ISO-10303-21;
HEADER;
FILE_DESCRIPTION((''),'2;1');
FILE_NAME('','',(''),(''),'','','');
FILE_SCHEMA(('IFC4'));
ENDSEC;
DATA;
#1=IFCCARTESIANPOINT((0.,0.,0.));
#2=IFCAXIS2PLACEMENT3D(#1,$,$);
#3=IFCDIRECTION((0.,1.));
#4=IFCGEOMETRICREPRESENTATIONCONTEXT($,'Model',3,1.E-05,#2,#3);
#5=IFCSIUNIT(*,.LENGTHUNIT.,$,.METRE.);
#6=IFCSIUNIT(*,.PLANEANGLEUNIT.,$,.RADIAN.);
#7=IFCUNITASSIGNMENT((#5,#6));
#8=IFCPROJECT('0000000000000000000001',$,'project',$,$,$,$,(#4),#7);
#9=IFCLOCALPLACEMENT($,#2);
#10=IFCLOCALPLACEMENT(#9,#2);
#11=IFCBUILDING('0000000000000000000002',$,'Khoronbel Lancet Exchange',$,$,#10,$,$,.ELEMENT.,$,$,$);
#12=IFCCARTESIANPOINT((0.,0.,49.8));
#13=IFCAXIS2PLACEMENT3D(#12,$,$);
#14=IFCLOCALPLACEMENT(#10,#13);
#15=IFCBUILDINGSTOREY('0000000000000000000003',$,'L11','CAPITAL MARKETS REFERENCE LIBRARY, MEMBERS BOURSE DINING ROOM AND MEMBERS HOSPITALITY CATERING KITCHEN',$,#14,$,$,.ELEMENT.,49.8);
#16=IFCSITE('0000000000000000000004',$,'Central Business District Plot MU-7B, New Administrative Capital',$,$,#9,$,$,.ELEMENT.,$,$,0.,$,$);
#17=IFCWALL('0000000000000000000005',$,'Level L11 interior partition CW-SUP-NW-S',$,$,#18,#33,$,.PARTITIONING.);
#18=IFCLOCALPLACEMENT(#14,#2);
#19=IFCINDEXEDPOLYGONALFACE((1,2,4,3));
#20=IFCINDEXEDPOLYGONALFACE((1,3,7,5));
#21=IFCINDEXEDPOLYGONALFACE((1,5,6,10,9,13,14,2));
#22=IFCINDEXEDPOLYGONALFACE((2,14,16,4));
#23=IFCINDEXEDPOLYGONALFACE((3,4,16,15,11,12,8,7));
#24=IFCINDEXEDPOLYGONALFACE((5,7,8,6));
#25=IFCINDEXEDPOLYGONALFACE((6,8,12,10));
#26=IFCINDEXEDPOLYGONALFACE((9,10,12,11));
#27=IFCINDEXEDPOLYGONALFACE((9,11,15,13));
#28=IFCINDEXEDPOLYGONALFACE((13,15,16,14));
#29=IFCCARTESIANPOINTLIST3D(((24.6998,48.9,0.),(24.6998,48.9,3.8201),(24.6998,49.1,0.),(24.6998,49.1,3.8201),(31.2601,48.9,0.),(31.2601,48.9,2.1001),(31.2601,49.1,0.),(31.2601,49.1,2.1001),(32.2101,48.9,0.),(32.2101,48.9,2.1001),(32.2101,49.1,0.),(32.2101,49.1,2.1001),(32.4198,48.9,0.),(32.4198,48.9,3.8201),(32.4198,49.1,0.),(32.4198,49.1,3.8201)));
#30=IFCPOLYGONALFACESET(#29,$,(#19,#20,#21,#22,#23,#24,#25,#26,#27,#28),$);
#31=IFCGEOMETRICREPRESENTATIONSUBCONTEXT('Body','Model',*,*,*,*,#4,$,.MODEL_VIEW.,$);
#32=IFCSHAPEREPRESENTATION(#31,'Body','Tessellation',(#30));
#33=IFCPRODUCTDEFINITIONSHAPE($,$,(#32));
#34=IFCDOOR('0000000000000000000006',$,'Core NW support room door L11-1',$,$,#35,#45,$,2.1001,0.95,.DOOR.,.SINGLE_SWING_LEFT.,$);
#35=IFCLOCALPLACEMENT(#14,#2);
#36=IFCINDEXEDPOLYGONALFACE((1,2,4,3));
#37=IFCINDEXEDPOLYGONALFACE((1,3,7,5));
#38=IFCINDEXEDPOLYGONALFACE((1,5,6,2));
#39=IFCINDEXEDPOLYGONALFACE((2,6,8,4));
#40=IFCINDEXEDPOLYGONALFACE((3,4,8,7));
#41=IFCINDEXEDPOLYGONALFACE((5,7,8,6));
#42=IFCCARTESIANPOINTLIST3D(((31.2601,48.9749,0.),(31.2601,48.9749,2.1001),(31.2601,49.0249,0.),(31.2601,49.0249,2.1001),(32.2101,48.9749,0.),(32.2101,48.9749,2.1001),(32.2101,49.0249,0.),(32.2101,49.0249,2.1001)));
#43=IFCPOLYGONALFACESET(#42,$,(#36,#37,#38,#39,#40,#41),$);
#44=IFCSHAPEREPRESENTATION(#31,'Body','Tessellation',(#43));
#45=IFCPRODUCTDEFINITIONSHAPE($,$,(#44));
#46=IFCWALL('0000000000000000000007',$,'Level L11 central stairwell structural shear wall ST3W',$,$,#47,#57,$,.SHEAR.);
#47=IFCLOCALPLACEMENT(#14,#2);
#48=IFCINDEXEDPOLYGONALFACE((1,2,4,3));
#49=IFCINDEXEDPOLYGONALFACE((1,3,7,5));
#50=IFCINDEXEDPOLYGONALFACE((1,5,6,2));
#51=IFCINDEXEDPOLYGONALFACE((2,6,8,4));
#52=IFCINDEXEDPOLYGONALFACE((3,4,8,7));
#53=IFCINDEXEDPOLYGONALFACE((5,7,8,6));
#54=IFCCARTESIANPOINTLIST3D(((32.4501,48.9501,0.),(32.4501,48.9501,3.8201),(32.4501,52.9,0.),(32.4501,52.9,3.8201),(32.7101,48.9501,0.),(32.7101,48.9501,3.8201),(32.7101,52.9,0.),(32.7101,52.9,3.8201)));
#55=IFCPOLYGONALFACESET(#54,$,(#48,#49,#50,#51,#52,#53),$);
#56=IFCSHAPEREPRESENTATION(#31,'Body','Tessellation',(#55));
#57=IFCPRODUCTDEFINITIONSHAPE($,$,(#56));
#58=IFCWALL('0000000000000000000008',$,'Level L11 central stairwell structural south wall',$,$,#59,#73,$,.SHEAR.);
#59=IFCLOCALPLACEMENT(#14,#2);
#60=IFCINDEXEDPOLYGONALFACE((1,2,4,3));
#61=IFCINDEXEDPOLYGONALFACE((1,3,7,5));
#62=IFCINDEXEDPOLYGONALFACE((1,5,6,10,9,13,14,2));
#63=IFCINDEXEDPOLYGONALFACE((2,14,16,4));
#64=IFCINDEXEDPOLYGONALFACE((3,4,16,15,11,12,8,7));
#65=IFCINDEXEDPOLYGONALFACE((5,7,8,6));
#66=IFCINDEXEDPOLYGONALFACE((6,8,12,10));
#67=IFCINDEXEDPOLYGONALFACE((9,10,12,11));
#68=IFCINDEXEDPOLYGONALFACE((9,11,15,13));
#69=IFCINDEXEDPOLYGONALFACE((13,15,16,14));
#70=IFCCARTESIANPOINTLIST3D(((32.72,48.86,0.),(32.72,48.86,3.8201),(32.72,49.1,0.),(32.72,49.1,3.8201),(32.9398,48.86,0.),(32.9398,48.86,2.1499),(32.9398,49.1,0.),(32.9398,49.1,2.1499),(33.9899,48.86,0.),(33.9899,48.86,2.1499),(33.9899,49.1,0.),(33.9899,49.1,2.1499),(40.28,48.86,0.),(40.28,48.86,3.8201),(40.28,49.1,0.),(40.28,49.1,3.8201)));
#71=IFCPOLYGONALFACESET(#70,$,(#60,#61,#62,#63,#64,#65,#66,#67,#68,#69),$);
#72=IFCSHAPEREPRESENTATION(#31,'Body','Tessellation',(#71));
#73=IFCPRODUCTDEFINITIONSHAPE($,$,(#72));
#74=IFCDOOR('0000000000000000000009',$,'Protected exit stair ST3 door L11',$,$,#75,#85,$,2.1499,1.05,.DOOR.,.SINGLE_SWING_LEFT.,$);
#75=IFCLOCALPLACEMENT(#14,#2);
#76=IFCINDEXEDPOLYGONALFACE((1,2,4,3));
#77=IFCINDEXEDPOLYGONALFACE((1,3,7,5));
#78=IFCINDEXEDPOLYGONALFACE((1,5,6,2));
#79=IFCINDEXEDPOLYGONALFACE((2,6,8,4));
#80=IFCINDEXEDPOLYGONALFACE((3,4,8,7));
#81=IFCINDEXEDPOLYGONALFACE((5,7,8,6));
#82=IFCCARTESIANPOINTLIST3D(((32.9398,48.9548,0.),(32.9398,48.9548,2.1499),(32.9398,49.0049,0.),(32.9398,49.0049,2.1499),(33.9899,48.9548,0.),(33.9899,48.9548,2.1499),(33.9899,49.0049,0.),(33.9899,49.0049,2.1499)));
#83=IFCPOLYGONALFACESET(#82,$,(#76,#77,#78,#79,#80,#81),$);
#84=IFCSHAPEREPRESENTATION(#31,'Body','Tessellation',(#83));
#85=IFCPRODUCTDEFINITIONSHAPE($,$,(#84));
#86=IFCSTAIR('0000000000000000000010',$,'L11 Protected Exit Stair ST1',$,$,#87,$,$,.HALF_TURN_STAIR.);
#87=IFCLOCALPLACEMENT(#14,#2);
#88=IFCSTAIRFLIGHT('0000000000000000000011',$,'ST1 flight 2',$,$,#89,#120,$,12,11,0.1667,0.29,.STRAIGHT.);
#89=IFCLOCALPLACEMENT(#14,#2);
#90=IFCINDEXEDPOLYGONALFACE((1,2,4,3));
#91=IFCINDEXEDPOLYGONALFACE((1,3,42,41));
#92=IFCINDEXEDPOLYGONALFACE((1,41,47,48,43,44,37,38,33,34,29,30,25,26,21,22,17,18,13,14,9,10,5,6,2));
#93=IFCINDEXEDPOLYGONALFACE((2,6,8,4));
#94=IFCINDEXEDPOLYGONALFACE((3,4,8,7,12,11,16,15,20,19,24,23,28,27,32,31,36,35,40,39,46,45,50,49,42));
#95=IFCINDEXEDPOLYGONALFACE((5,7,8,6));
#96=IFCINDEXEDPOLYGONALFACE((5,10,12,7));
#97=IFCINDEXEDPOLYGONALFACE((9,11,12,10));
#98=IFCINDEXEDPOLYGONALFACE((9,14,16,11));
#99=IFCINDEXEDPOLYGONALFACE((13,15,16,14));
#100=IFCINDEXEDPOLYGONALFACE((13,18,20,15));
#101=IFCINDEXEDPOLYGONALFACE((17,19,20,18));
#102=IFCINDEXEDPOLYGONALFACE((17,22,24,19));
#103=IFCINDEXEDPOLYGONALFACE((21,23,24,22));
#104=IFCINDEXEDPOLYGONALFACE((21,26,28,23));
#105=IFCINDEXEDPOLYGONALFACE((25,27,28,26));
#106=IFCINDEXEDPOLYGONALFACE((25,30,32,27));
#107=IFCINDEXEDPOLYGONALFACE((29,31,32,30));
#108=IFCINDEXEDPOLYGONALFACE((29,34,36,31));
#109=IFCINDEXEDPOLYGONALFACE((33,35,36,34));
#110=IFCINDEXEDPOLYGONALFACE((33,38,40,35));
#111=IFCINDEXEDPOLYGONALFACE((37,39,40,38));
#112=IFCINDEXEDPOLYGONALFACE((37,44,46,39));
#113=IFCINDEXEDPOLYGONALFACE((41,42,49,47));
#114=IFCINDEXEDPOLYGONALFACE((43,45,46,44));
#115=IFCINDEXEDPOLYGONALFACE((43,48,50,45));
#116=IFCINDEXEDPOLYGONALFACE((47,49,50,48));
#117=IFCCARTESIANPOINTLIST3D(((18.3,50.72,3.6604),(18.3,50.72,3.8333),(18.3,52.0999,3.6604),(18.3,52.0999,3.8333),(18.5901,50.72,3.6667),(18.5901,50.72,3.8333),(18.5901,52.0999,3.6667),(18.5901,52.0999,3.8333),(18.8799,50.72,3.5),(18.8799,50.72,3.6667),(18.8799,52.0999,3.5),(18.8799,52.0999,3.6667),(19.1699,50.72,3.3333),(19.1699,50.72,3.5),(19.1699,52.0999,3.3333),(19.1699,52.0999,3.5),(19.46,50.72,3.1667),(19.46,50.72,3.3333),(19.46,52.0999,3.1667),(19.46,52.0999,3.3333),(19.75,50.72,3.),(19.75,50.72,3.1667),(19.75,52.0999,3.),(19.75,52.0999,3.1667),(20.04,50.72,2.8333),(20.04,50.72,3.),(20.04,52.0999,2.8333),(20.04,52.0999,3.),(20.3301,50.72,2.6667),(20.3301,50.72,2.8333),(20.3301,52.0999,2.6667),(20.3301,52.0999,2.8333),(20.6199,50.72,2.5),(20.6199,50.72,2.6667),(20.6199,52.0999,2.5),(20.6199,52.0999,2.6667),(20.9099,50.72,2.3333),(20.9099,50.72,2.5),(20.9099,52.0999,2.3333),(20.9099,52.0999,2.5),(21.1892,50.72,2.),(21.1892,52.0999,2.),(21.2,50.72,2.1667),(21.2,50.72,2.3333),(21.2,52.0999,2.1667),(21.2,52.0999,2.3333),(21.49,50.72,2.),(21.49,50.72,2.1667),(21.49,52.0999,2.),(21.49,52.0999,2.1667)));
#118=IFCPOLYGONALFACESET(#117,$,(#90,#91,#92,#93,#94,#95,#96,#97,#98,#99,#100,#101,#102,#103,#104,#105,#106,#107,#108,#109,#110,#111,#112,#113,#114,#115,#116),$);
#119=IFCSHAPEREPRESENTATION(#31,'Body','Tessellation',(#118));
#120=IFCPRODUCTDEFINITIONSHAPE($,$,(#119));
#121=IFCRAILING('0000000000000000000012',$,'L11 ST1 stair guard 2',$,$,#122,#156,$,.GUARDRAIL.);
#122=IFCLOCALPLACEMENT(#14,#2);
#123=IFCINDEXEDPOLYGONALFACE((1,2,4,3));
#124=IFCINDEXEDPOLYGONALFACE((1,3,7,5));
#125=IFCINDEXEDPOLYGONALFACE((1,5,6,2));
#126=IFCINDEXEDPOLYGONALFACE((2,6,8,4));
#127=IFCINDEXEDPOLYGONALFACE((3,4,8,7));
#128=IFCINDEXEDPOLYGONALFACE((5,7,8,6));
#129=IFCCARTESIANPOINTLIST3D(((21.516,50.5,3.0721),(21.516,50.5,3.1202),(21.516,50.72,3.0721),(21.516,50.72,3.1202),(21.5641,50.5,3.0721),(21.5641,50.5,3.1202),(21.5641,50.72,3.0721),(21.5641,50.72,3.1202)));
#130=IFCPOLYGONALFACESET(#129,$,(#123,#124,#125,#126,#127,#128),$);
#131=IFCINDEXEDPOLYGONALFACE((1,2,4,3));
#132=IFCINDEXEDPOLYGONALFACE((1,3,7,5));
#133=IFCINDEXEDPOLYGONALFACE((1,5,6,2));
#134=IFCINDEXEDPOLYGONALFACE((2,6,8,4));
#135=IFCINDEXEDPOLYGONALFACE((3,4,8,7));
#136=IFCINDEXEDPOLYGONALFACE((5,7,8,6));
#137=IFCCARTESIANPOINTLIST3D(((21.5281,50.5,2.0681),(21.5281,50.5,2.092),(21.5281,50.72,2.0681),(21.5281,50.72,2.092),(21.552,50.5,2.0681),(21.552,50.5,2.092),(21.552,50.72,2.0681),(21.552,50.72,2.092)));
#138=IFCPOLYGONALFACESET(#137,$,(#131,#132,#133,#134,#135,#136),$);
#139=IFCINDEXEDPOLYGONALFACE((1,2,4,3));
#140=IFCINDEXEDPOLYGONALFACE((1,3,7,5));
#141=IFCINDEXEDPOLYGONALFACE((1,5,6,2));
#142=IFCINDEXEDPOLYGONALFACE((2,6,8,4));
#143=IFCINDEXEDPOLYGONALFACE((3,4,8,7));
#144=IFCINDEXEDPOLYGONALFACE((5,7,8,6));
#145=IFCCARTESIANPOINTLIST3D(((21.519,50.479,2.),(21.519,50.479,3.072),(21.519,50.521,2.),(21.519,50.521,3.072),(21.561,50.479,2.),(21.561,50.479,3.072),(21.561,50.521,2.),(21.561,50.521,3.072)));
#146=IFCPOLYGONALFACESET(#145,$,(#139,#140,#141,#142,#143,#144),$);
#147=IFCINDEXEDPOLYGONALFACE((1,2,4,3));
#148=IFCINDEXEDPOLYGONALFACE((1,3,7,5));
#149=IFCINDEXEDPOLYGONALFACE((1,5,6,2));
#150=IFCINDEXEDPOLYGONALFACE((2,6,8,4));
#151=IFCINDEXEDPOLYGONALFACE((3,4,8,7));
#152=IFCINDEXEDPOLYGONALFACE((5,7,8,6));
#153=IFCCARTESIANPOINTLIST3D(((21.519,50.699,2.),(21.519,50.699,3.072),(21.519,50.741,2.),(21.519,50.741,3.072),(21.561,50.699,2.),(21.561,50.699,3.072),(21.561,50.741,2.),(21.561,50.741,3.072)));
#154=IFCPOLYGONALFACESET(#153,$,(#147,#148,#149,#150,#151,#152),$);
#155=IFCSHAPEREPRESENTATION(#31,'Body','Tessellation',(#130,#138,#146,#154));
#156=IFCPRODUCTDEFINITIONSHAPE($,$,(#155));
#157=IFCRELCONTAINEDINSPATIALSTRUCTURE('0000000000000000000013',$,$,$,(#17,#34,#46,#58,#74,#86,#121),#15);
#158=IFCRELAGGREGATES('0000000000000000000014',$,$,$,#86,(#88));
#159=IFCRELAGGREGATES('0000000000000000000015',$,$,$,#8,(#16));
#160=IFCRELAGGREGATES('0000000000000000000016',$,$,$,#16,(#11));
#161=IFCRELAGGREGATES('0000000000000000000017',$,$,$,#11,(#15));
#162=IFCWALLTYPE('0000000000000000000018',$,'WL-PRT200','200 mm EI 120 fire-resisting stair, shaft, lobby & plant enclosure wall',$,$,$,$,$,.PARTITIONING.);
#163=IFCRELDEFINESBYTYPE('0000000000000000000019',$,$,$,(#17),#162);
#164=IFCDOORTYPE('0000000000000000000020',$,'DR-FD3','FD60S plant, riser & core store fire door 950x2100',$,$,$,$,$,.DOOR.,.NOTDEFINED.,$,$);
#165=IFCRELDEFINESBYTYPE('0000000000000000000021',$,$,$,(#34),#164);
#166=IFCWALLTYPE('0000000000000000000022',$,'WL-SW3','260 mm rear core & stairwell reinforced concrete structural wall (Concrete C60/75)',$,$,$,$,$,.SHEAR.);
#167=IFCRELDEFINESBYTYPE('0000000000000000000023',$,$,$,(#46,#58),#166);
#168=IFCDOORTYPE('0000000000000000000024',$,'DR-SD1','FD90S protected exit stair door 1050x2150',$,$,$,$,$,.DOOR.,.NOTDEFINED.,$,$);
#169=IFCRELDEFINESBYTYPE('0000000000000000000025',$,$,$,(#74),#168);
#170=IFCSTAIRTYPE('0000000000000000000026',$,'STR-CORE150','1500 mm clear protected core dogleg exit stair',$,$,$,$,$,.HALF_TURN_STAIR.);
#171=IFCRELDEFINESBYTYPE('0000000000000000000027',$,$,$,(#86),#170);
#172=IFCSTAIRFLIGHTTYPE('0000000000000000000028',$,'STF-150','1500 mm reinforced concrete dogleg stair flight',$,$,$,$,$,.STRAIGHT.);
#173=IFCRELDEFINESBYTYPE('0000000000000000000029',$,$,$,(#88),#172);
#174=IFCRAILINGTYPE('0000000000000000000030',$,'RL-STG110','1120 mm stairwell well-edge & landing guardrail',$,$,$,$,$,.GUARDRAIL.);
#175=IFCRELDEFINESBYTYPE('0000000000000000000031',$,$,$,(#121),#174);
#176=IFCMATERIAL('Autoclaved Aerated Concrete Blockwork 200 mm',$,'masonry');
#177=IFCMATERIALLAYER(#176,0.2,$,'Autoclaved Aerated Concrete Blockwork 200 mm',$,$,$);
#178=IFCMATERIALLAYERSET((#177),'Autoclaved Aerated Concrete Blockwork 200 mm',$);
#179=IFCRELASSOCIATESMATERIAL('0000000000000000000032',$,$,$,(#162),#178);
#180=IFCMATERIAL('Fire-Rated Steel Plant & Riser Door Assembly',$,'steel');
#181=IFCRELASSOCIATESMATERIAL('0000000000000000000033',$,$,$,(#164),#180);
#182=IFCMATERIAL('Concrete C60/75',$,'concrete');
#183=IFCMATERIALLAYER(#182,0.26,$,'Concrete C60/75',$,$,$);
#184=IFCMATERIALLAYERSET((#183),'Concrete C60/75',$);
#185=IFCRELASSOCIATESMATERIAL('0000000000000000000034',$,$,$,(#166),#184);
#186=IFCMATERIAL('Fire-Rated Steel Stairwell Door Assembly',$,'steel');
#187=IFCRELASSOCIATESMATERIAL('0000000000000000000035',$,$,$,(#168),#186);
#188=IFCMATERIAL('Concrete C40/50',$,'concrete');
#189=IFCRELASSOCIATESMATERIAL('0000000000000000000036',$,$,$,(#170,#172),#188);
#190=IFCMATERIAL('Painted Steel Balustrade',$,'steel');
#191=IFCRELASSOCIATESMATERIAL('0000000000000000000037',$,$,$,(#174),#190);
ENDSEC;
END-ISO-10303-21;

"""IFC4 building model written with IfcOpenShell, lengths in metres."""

from ifc_helpers import new_model, si_unit, direction, frame, frame_2d, origin, origin_2d, place, context, subcontext, project, spatial, polyline, rectangle, outline, extrude, material, layer, layer_set, type_object, element, fill, aggregate, save


model = new_model("IFC4")

# Units and contexts
model_context = context("Model", 3, precision=1e-05, world=origin(), true_north=direction((0.0, 1.0)))
body_context = subcontext(model_context, "Body", "Model", "MODEL_VIEW")
ifc_project = project(units=[si_unit("LENGTHUNIT", "METRE"), si_unit("PLANEANGLEUNIT", "RADIAN")], contexts=[model_context])

# Site, building, storey
site_placement = place(None, origin())
site = spatial("IfcSite", under=ifc_project, at=site_placement, Name="Central Business District Plot MU-7B, New Administrative Capital", CompositionType="ELEMENT", RefElevation=0.0)
building_placement = place(site_placement, origin())
building = spatial("IfcBuilding", under=site, at=building_placement, Name="Khoronbel Lancet Exchange", CompositionType="ELEMENT")
storey_placement = place(building_placement, frame((0.0, 0.0, 49.8)))
storey = spatial("IfcBuildingStorey", under=building, at=storey_placement, Name="L11", Description="CAPITAL MARKETS REFERENCE LIBRARY, MEMBERS BOURSE DINING ROOM AND MEMBERS HOSPITALITY CATERING KITCHEN", CompositionType="ELEMENT", Elevation=49.8)

# Shared definitions
ifc_material_1 = material(Name="Autoclaved Aerated Concrete Blockwork 200 mm", Category="masonry")
ifc_layer_1 = layer(ifc_material_1, 0.2, Name="Autoclaved Aerated Concrete Blockwork 200 mm")
ifc_layer_set_1 = layer_set([ifc_layer_1], Name="Autoclaved Aerated Concrete Blockwork 200 mm")
wall_type_1 = type_object("IfcWallType", Name="WL-PRT200", Description="200 mm EI 120 fire-resisting stair, shaft, lobby & plant enclosure wall", PredefinedType="PARTITIONING", material=ifc_layer_set_1)

# Wall, opening, door
wall_1_placement = place(storey_placement, frame((24.7, 49.0, 0.0), z_axis=(0.0, 0.0, 1.0), x_axis=(1.0, 0.0, 0.0)))
wall_1 = element("IfcWall", 1, at=wall_1_placement, inside=storey, type_object=wall_type_1, Name="Level L11 interior partition CW-SUP-NW-S", PredefinedType="PARTITIONING", context=body_context, shape_type="SweptSolid", body=[
    extrude(rectangle(XDim=7.72, YDim=0.2, at=frame_2d((3.8599, 0.0))), origin(), (0.0, 0.0, 1.0), 3.8201),
])
opening_1_placement = place(wall_1_placement, frame((6.5601, 0.0, 0.0)))
opening_1 = element("IfcOpeningElement", 2, at=opening_1_placement, cuts=wall_1, PredefinedType="OPENING", context=body_context, shape_type="SweptSolid", body=[
    extrude(rectangle(XDim=0.95, YDim=2.1001, at=frame_2d((0.4751, 1.05))), frame((0.0, 0.1099, 0.0), z_axis=(0.0, -1.0, 0.0), x_axis=(1.0, 0.0, 0.0)), (0.0, 0.0, 1.0), 0.22),
])
ifc_material_2 = material(Name="Fire-Rated Steel Plant & Riser Door Assembly", Category="steel")
door_type_1 = type_object("IfcDoorType", Name="DR-FD3", Description="FD60S plant, riser & core store fire door 950x2100", OperationType="NOTDEFINED", PredefinedType="DOOR", material=ifc_material_2)
door_1_placement = place(opening_1_placement, origin())
door_1 = element("IfcDoor", 3, at=door_1_placement, inside=storey, type_object=door_type_1, Name="Core NW support room door L11-1", OperationType="SINGLE_SWING_LEFT", OverallHeight=2.1001, OverallWidth=0.95, PredefinedType="DOOR", context=body_context, shape_type="SweptSolid", body=[
    extrude(rectangle(XDim=0.95, YDim=2.1001, at=frame_2d((0.4751, 1.05))), frame((0.0, 0.0249, 0.0), z_axis=(0.0, -1.0, 0.0), x_axis=(1.0, 0.0, 0.0)), (0.0, 0.0, 1.0), 0.05),
])
fill(opening_1, door_1)

# Wall
ifc_material_3 = material(Name="Concrete C60/75", Category="concrete")
ifc_layer_2 = layer(ifc_material_3, 0.26, Name="Concrete C60/75")
ifc_layer_set_2 = layer_set([ifc_layer_2], Name="Concrete C60/75")
wall_type_2 = type_object("IfcWallType", Name="WL-SW3", Description="260 mm rear core & stairwell reinforced concrete structural wall (Concrete C60/75)", PredefinedType="SHEAR", material=ifc_layer_set_2)
wall_2_placement = place(storey_placement, frame((32.5801, 48.95, 0.0), z_axis=(0.0, 0.0, 1.0), x_axis=(0.0, 1.0, 0.0)))
element("IfcWall", 4, at=wall_2_placement, inside=storey, type_object=wall_type_2, Name="Level L11 central stairwell structural shear wall ST3W", PredefinedType="SHEAR", context=body_context, shape_type="SweptSolid", body=[
    extrude(rectangle(XDim=3.95, YDim=0.26, at=frame_2d((1.9751, 0.0))), origin(), (0.0, 0.0, 1.0), 3.8201),
])

# Wall, opening, door
wall_3_placement = place(storey_placement, frame((32.72, 48.98, 0.0), z_axis=(0.0, 0.0, 1.0), x_axis=(1.0, 0.0, 0.0)))
wall_3 = element("IfcWall", 5, at=wall_3_placement, inside=storey, type_object=wall_type_2, Name="Level L11 central stairwell structural south wall", PredefinedType="SHEAR", context=body_context, shape_type="SweptSolid", body=[
    extrude(rectangle(XDim=7.5601, YDim=0.24, at=frame_2d((3.78, 0.0))), origin(), (0.0, 0.0, 1.0), 3.8201),
])
opening_2_placement = place(wall_3_placement, frame((0.22, 0.0, 0.0)))
opening_2 = element("IfcOpeningElement", 6, at=opening_2_placement, cuts=wall_3, PredefinedType="OPENING", context=body_context, shape_type="SweptSolid", body=[
    extrude(rectangle(XDim=1.05, YDim=2.1499, at=frame_2d((0.5249, 1.075))), frame((0.0, 0.1299, 0.0), z_axis=(0.0, -1.0, 0.0), x_axis=(1.0, 0.0, 0.0)), (0.0, 0.0, 1.0), 0.26),
])
ifc_material_4 = material(Name="Fire-Rated Steel Stairwell Door Assembly", Category="steel")
door_type_2 = type_object("IfcDoorType", Name="DR-SD1", Description="FD90S protected exit stair door 1050x2150", OperationType="NOTDEFINED", PredefinedType="DOOR", material=ifc_material_4)
door_2_placement = place(opening_2_placement, origin())
door_2 = element("IfcDoor", 7, at=door_2_placement, inside=storey, type_object=door_type_2, Name="Protected exit stair ST3 door L11", OperationType="SINGLE_SWING_LEFT", OverallHeight=2.1499, OverallWidth=1.05, PredefinedType="DOOR", context=body_context, shape_type="SweptSolid", body=[
    extrude(rectangle(XDim=1.05, YDim=2.1499, at=frame_2d((0.5249, 1.075))), frame((0.0, 0.0249, 0.0), z_axis=(0.0, -1.0, 0.0), x_axis=(1.0, 0.0, 0.0)), (0.0, 0.0, 1.0), 0.05),
])
fill(opening_2, door_2)

# Stair, stair flight
ifc_material_5 = material(Name="Concrete C40/50", Category="concrete")
stair_type = type_object("IfcStairType", Name="STR-CORE150", Description="1500 mm clear protected core dogleg exit stair", PredefinedType="HALF_TURN_STAIR", material=ifc_material_5)
stair_placement = place(storey_placement, origin())
stair = element("IfcStair", 8, at=stair_placement, inside=storey, type_object=stair_type, Name="L11 Protected Exit Stair ST1", PredefinedType="HALF_TURN_STAIR")
stair_flight_type = type_object("IfcStairFlightType", Name="STF-150", Description="1500 mm reinforced concrete dogleg stair flight", PredefinedType="STRAIGHT", material=ifc_material_5)
stair_flight_placement = place(storey_placement, frame((21.49, 51.4099, 2.0), z_axis=(0.0, 0.0, 1.0), x_axis=(-1.0, 0.0, 0.0)))
stair_flight = element("IfcStairFlight", 9, at=stair_flight_placement, type_object=stair_flight_type, Name="ST1 flight 2", NumberOfRisers=12, NumberOfTreads=11, PredefinedType="STRAIGHT", RiserHeight=0.1667, TreadLength=0.29, context=body_context, shape_type="SweptSolid", body=[
    extrude(outline(polyline([(0.0, 0.0), (0.0, 0.1667), (0.29, 0.1667), (0.29, 0.3333), (0.5801, 0.3333), (0.5801, 0.5), (0.8701, 0.5), (0.8701, 0.6667), (1.1599, 0.6667), (1.1599, 0.8333), (1.45, 0.8333), (1.45, 1.0), (1.74, 1.0), (1.74, 1.1667), (2.03, 1.1667), (2.03, 1.3333), (2.3201, 1.3333), (2.3201, 1.5), (2.6101, 1.5), (2.6101, 1.6667), (2.8999, 1.6667), (2.8999, 1.8333), (3.1899, 1.8333), (3.1899, 2.0), (3.1899, 1.6604), (0.3008, 0.0), (0.0, 0.0)])), frame((0.0, 0.6899, 0.0), z_axis=(0.0, -1.0, 0.0), x_axis=(1.0, 0.0, 0.0)), (0.0, 0.0, 1.0), 1.3799),
])
aggregate(stair, [stair_flight])

# Railing
ifc_material_6 = material(Name="Painted Steel Balustrade", Category="steel")
railing_type_1 = type_object("IfcRailingType", Name="RL-STG110", Description="1120 mm stairwell well-edge & landing guardrail", PredefinedType="GUARDRAIL", material=ifc_material_6)
railing_1_placement = place(storey_placement, frame((21.54, 50.5, 2.0)))
element("IfcRailing", 10, at=railing_1_placement, inside=storey, type_object=railing_type_1, Name="L11 ST1 stair guard 2", PredefinedType="GUARDRAIL", context=body_context, shape_type="SweptSolid", body=[
    extrude(rectangle(XDim=0.0481, YDim=0.0481, at=origin_2d()), frame((0.0, 0.0, 1.0962), z_axis=(0.0, 1.0, 0.0), x_axis=(-1.0, 0.0, 0.0)), (0.0, 0.0, 1.0), 0.22),
    extrude(rectangle(XDim=0.0239, YDim=0.0239, at=origin_2d()), frame((0.0, 0.0, 0.0801), z_axis=(0.0, 1.0, 0.0), x_axis=(-1.0, 0.0, 0.0)), (0.0, 0.0, 1.0), 0.22),
    extrude(rectangle(XDim=0.042, YDim=0.042, at=origin_2d()), origin(), (0.0, 0.0, 1.0), 1.072),
    extrude(rectangle(XDim=0.042, YDim=0.042, at=origin_2d()), frame((0.0, 0.22, 0.0)), (0.0, 0.0, 1.0), 1.072),
])

save(model, "model.ifc")
